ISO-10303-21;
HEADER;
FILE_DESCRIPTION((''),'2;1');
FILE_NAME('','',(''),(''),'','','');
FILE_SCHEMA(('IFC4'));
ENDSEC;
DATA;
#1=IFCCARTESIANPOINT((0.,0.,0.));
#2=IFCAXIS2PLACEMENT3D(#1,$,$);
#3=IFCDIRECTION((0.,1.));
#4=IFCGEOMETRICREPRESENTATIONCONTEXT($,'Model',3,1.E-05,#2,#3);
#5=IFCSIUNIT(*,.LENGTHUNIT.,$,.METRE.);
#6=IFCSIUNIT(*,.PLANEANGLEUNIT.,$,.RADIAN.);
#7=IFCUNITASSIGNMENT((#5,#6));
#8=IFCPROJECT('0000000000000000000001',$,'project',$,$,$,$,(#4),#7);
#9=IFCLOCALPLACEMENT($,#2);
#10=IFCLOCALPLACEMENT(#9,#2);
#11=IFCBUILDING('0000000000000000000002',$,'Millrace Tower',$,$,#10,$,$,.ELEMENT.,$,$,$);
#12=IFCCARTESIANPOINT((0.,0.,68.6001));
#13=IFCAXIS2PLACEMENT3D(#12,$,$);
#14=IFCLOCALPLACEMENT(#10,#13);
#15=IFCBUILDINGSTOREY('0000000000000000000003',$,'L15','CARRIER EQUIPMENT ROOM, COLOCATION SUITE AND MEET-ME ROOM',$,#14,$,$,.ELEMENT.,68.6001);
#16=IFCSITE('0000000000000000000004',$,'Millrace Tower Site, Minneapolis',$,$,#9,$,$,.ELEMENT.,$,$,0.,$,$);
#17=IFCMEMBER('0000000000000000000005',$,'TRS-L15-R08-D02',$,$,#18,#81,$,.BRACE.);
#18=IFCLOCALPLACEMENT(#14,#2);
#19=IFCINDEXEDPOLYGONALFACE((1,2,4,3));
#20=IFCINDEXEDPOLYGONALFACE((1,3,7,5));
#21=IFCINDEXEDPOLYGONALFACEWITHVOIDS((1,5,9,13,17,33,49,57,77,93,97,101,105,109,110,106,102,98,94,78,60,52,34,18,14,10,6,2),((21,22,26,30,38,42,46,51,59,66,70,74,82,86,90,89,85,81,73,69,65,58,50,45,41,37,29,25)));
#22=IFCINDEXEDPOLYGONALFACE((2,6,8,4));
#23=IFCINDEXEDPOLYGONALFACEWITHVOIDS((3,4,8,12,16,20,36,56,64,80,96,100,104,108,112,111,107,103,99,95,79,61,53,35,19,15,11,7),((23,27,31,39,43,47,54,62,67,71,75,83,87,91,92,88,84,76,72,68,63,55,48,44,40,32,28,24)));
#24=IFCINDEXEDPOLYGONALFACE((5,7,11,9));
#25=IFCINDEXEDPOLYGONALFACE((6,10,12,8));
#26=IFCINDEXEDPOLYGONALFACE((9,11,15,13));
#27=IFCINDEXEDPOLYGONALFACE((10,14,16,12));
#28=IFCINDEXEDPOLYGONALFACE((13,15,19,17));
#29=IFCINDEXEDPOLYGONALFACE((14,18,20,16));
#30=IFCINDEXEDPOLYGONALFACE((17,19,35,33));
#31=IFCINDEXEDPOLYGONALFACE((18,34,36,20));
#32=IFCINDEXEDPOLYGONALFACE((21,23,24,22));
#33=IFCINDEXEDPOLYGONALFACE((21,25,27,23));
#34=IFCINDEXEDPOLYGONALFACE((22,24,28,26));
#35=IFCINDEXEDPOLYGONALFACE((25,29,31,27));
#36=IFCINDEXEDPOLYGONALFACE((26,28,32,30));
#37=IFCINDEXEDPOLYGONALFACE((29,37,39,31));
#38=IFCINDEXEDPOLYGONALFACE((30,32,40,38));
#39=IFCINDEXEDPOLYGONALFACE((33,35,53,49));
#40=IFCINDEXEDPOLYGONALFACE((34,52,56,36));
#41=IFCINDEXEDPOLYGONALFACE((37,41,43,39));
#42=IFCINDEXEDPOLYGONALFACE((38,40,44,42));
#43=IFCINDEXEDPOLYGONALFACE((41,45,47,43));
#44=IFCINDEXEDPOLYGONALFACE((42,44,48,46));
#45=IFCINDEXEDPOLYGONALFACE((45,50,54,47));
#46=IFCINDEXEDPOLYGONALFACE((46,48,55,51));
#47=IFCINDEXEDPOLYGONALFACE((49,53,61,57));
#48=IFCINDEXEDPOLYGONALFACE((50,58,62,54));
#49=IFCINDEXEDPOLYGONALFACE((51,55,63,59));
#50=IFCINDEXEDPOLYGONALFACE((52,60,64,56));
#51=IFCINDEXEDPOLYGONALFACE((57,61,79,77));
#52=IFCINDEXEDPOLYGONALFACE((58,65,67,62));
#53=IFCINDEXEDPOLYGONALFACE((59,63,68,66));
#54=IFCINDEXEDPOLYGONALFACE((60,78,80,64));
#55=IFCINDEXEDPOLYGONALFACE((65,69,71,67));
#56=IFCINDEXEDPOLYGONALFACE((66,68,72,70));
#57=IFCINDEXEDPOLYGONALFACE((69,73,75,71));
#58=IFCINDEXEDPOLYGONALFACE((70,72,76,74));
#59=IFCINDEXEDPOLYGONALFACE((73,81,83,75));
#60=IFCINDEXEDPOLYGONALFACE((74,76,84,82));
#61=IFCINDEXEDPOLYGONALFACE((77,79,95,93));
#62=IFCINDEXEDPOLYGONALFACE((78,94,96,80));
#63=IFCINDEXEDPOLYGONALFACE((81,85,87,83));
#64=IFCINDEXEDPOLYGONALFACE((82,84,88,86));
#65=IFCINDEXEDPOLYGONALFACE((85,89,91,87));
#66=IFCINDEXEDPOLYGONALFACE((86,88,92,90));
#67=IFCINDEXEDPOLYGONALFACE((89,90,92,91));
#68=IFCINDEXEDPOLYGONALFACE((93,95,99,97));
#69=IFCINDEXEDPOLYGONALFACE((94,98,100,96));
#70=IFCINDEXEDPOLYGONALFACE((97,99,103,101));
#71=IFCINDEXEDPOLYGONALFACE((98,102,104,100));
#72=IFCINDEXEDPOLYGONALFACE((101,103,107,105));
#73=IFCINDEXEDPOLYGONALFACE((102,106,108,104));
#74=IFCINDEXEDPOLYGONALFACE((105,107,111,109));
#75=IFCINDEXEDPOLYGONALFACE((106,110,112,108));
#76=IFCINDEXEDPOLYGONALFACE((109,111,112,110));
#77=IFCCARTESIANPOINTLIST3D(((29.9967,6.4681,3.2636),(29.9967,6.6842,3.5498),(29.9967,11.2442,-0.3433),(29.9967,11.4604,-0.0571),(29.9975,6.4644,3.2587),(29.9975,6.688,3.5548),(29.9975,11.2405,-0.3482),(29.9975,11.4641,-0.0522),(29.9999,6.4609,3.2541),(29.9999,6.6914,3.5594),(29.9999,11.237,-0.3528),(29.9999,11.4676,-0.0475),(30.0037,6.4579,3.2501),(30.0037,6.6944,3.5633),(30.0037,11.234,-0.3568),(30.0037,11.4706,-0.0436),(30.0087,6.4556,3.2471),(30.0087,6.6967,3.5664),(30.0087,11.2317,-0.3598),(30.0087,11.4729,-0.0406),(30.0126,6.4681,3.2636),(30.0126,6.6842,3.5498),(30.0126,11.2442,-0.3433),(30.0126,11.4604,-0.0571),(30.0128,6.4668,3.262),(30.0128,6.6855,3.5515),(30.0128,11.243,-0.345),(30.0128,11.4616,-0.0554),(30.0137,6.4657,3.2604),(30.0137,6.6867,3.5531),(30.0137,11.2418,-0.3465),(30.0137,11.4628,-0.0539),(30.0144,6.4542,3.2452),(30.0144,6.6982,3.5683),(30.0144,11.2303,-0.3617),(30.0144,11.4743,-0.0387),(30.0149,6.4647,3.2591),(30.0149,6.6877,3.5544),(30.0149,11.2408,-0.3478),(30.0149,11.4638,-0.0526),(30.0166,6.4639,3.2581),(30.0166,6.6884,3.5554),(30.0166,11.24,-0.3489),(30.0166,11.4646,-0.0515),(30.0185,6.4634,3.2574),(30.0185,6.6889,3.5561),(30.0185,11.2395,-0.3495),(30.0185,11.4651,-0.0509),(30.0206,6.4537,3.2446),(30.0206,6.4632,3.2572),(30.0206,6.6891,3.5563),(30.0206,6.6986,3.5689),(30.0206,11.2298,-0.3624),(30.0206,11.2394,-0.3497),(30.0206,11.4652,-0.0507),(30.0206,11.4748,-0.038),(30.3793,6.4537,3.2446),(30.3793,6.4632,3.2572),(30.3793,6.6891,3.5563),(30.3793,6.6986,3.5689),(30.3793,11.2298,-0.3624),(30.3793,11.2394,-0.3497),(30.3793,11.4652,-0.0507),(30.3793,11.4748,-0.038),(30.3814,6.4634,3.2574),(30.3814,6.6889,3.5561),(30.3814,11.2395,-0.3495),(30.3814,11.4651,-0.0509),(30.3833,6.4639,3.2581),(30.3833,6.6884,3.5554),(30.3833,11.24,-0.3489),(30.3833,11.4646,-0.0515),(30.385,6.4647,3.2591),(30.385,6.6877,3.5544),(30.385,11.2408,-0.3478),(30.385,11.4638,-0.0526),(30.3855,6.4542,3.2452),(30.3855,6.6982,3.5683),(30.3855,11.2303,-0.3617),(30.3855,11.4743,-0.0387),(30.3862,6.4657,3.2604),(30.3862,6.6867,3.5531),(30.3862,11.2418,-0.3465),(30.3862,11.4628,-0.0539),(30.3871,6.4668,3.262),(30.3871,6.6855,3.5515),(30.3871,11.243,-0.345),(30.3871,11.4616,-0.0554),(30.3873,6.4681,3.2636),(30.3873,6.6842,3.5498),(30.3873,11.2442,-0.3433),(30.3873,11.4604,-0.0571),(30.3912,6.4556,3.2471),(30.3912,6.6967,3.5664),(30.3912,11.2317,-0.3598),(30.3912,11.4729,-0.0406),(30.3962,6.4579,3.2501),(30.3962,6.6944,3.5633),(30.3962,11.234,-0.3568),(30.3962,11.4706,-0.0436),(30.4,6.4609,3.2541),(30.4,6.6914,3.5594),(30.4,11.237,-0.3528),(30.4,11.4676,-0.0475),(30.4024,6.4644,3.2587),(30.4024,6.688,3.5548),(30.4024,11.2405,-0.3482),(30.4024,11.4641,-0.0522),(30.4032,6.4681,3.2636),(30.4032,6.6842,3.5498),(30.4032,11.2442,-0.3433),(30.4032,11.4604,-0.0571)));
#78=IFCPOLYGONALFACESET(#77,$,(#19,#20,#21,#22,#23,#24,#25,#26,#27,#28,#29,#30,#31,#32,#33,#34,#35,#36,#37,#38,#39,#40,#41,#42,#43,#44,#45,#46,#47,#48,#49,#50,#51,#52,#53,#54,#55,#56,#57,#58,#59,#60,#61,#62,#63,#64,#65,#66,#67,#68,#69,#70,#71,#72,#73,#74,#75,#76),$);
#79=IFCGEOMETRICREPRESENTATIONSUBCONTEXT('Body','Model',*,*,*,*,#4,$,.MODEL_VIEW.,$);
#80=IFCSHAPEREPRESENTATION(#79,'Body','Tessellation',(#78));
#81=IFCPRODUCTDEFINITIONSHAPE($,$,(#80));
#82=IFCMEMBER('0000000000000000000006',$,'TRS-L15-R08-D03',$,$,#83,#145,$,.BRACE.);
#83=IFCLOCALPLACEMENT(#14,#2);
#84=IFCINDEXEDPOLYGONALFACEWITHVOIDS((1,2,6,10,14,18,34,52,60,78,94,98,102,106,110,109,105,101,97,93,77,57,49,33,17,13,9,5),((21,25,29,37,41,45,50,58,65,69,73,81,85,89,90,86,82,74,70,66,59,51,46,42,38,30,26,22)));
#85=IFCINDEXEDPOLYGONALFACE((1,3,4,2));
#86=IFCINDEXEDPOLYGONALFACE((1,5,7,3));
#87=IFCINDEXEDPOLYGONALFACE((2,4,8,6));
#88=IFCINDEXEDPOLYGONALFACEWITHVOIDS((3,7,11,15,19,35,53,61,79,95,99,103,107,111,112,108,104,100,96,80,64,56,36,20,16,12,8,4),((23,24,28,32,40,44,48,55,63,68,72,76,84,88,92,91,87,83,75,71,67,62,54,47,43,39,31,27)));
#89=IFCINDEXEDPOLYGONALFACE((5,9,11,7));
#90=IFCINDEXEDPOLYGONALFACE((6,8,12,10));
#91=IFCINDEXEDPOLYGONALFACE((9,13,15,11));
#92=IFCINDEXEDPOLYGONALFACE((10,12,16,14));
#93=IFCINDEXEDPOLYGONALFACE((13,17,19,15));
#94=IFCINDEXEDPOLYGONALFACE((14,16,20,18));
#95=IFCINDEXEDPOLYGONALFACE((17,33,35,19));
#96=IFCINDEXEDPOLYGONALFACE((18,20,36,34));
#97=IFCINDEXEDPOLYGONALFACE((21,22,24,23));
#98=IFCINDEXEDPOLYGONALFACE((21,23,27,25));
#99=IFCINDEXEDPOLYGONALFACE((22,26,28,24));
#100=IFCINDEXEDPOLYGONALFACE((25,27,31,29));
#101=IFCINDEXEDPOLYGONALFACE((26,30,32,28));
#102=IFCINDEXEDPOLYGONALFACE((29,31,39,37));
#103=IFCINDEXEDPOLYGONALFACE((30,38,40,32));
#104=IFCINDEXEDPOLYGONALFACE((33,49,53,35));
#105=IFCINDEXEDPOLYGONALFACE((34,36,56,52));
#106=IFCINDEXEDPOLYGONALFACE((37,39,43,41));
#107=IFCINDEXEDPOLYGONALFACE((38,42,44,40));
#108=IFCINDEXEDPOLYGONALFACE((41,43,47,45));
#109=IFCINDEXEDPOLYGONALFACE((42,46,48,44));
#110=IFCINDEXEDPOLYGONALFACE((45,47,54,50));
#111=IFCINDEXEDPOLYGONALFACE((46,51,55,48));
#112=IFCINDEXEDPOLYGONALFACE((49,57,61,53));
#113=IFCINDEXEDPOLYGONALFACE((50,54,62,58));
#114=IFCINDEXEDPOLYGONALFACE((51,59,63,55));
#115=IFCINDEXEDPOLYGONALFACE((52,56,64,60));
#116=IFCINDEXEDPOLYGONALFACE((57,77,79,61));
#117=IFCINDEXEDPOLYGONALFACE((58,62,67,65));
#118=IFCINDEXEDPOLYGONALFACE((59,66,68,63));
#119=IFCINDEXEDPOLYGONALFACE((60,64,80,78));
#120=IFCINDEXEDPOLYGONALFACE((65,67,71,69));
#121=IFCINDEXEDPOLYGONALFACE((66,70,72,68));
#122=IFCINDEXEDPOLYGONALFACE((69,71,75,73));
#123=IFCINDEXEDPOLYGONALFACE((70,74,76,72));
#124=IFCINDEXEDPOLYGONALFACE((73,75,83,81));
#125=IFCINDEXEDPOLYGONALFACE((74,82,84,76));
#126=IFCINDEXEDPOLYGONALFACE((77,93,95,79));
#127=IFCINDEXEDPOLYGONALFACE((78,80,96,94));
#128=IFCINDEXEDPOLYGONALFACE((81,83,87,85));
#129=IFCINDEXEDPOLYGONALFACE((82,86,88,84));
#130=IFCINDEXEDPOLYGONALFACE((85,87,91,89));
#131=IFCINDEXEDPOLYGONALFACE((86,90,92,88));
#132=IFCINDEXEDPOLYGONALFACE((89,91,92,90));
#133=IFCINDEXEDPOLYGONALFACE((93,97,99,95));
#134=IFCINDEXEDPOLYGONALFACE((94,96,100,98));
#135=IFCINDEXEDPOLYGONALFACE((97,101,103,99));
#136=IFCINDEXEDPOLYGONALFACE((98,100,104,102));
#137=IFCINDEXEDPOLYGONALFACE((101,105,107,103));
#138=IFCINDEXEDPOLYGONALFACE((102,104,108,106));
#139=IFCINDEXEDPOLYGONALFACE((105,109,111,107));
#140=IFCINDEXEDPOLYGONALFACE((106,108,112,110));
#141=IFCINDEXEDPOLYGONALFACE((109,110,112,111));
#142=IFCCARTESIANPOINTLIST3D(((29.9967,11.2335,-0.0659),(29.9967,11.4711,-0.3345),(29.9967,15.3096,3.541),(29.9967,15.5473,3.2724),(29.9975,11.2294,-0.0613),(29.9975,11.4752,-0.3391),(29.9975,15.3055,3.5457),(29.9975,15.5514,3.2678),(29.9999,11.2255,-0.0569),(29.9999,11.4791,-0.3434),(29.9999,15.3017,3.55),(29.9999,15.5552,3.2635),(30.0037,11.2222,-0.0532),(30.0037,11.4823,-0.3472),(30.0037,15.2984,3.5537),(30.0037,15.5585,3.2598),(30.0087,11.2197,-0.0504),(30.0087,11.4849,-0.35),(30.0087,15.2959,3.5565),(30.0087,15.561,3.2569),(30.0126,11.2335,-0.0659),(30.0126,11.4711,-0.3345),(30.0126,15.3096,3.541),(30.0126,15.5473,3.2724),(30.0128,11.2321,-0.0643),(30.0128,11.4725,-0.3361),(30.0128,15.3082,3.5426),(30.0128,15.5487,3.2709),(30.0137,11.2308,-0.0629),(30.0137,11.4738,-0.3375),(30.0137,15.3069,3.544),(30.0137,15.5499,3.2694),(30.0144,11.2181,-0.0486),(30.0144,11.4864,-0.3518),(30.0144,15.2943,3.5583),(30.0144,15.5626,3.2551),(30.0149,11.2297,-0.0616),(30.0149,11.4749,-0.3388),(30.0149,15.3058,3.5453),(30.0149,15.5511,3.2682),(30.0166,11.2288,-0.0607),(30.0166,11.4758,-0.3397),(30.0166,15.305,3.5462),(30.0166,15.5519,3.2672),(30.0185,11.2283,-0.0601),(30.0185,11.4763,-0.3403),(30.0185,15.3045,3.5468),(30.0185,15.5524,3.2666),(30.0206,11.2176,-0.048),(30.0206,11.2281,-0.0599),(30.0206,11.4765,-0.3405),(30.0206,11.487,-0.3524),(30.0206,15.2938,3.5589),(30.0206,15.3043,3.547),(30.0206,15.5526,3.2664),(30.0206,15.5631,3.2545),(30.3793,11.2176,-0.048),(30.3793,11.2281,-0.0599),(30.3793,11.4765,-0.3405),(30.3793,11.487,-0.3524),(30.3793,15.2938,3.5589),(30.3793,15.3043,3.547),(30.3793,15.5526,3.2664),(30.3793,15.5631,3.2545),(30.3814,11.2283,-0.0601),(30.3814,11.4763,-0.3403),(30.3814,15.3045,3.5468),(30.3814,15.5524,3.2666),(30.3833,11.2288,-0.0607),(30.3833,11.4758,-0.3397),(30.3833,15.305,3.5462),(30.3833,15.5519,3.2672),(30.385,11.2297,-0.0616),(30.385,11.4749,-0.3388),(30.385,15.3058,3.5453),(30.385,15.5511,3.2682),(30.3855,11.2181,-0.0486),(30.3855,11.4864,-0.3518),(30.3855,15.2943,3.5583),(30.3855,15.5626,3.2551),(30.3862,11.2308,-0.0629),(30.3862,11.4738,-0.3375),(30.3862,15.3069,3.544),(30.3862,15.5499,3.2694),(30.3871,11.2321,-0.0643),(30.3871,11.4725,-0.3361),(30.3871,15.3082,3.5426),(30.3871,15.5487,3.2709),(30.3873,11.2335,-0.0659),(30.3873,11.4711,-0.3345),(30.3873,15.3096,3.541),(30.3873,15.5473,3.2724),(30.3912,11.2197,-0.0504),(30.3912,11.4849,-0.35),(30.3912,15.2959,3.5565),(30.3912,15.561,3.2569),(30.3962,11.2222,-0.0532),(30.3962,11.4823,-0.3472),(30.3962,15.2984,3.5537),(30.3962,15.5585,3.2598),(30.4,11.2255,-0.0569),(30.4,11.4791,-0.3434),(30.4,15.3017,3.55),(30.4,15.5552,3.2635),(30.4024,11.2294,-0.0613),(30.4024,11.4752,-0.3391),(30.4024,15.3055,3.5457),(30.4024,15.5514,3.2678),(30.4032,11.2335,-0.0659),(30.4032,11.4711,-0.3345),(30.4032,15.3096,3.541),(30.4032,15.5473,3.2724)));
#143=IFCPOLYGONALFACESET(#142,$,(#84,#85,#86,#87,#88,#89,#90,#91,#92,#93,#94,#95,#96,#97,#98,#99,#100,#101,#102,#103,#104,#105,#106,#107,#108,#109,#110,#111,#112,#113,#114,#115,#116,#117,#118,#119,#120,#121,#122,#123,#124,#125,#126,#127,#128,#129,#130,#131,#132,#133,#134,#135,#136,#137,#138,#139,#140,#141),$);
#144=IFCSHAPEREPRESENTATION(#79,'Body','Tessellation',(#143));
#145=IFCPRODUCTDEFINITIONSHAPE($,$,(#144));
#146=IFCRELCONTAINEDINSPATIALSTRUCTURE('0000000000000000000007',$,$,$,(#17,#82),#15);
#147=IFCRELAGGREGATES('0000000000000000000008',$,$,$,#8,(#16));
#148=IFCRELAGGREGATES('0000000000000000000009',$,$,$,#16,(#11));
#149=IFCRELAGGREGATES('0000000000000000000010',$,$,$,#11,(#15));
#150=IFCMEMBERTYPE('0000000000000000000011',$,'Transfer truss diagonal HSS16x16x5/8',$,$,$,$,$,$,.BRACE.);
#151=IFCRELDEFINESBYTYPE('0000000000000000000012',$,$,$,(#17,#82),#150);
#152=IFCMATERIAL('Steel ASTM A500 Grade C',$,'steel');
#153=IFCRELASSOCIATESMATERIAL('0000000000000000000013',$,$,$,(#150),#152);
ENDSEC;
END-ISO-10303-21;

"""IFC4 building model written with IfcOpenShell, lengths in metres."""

from ifc_helpers import new_model, si_unit, direction, frame, origin, origin_2d, place, context, subcontext, project, spatial, hollow_rectangle, extrude, material, material_profile, profile_set, type_object, element, save


model = new_model("IFC4")

# Units and contexts
model_context = context("Model", 3, precision=1e-05, world=origin(), true_north=direction((0.0, 1.0)))
body_context = subcontext(model_context, "Body", "Model", "MODEL_VIEW")
ifc_project = project(units=[si_unit("LENGTHUNIT", "METRE"), si_unit("PLANEANGLEUNIT", "RADIAN")], contexts=[model_context])

# Site, building, storey
site_placement = place(None, origin())
site = spatial("IfcSite", under=ifc_project, at=site_placement, Name="Millrace Tower Site, Minneapolis", CompositionType="ELEMENT", RefElevation=0.0)
building_placement = place(site_placement, origin())
building = spatial("IfcBuilding", under=site, at=building_placement, Name="Millrace Tower", CompositionType="ELEMENT")
storey_placement = place(building_placement, frame((0.0, 0.0, 68.6001)))
storey = spatial("IfcBuildingStorey", under=building, at=storey_placement, Name="L15", Description="CARRIER EQUIPMENT ROOM, COLOCATION SUITE AND MEET-ME ROOM", CompositionType="ELEMENT", Elevation=68.6001)

# Members
ifc_material_1 = material(Name="Steel ASTM A500 Grade C", Category="steel")
ifc_material_profile_1 = material_profile(ifc_material_1, hollow_rectangle(XDim=0.4065, YDim=0.4065, WallThickness=0.0159, InnerFilletRadius=0.0081, OuterFilletRadius=0.0239, at=origin_2d()))
ifc_profile_set_1 = profile_set([ifc_material_profile_1], Name="Steel ASTM A500 Grade C")
member_type_1 = type_object("IfcMemberType", Name="Transfer truss diagonal HSS16x16x5/8", PredefinedType="BRACE", material=ifc_profile_set_1)
member_1_placement = place(storey_placement, frame((30.2, 11.3523, -0.2002), z_axis=(0.0, -0.798003, 0.602653), x_axis=(1.0, 0.0, 0.0)))
element("IfcMember", 1, at=member_1_placement, inside=storey, type_object=member_type_1, Name="TRS-L15-R08-D02", PredefinedType="BRACE", context=body_context, shape_type="SweptSolid", body=[
    extrude(hollow_rectangle(XDim=0.4065, YDim=0.4065, WallThickness=0.0159, InnerFilletRadius=0.0081, OuterFilletRadius=0.0239, at=origin_2d()), origin(), (0.0, 0.0, 1.0), 5.9851),
])
member_2_placement = place(storey_placement, frame((30.2, 11.3523, -0.2002), z_axis=(0.0, 0.748897, 0.662686), x_axis=(-1.0, 0.0, 0.0)))
element("IfcMember", 2, at=member_2_placement, inside=storey, type_object=member_type_1, Name="TRS-L15-R08-D03", PredefinedType="BRACE", context=body_context, shape_type="SweptSolid", body=[
    extrude(hollow_rectangle(XDim=0.4065, YDim=0.4065, WallThickness=0.0159, InnerFilletRadius=0.0081, OuterFilletRadius=0.0239, at=origin_2d()), origin(), (0.0, 0.0, 1.0), 5.4429),
])

save(model, "model.ifc")
